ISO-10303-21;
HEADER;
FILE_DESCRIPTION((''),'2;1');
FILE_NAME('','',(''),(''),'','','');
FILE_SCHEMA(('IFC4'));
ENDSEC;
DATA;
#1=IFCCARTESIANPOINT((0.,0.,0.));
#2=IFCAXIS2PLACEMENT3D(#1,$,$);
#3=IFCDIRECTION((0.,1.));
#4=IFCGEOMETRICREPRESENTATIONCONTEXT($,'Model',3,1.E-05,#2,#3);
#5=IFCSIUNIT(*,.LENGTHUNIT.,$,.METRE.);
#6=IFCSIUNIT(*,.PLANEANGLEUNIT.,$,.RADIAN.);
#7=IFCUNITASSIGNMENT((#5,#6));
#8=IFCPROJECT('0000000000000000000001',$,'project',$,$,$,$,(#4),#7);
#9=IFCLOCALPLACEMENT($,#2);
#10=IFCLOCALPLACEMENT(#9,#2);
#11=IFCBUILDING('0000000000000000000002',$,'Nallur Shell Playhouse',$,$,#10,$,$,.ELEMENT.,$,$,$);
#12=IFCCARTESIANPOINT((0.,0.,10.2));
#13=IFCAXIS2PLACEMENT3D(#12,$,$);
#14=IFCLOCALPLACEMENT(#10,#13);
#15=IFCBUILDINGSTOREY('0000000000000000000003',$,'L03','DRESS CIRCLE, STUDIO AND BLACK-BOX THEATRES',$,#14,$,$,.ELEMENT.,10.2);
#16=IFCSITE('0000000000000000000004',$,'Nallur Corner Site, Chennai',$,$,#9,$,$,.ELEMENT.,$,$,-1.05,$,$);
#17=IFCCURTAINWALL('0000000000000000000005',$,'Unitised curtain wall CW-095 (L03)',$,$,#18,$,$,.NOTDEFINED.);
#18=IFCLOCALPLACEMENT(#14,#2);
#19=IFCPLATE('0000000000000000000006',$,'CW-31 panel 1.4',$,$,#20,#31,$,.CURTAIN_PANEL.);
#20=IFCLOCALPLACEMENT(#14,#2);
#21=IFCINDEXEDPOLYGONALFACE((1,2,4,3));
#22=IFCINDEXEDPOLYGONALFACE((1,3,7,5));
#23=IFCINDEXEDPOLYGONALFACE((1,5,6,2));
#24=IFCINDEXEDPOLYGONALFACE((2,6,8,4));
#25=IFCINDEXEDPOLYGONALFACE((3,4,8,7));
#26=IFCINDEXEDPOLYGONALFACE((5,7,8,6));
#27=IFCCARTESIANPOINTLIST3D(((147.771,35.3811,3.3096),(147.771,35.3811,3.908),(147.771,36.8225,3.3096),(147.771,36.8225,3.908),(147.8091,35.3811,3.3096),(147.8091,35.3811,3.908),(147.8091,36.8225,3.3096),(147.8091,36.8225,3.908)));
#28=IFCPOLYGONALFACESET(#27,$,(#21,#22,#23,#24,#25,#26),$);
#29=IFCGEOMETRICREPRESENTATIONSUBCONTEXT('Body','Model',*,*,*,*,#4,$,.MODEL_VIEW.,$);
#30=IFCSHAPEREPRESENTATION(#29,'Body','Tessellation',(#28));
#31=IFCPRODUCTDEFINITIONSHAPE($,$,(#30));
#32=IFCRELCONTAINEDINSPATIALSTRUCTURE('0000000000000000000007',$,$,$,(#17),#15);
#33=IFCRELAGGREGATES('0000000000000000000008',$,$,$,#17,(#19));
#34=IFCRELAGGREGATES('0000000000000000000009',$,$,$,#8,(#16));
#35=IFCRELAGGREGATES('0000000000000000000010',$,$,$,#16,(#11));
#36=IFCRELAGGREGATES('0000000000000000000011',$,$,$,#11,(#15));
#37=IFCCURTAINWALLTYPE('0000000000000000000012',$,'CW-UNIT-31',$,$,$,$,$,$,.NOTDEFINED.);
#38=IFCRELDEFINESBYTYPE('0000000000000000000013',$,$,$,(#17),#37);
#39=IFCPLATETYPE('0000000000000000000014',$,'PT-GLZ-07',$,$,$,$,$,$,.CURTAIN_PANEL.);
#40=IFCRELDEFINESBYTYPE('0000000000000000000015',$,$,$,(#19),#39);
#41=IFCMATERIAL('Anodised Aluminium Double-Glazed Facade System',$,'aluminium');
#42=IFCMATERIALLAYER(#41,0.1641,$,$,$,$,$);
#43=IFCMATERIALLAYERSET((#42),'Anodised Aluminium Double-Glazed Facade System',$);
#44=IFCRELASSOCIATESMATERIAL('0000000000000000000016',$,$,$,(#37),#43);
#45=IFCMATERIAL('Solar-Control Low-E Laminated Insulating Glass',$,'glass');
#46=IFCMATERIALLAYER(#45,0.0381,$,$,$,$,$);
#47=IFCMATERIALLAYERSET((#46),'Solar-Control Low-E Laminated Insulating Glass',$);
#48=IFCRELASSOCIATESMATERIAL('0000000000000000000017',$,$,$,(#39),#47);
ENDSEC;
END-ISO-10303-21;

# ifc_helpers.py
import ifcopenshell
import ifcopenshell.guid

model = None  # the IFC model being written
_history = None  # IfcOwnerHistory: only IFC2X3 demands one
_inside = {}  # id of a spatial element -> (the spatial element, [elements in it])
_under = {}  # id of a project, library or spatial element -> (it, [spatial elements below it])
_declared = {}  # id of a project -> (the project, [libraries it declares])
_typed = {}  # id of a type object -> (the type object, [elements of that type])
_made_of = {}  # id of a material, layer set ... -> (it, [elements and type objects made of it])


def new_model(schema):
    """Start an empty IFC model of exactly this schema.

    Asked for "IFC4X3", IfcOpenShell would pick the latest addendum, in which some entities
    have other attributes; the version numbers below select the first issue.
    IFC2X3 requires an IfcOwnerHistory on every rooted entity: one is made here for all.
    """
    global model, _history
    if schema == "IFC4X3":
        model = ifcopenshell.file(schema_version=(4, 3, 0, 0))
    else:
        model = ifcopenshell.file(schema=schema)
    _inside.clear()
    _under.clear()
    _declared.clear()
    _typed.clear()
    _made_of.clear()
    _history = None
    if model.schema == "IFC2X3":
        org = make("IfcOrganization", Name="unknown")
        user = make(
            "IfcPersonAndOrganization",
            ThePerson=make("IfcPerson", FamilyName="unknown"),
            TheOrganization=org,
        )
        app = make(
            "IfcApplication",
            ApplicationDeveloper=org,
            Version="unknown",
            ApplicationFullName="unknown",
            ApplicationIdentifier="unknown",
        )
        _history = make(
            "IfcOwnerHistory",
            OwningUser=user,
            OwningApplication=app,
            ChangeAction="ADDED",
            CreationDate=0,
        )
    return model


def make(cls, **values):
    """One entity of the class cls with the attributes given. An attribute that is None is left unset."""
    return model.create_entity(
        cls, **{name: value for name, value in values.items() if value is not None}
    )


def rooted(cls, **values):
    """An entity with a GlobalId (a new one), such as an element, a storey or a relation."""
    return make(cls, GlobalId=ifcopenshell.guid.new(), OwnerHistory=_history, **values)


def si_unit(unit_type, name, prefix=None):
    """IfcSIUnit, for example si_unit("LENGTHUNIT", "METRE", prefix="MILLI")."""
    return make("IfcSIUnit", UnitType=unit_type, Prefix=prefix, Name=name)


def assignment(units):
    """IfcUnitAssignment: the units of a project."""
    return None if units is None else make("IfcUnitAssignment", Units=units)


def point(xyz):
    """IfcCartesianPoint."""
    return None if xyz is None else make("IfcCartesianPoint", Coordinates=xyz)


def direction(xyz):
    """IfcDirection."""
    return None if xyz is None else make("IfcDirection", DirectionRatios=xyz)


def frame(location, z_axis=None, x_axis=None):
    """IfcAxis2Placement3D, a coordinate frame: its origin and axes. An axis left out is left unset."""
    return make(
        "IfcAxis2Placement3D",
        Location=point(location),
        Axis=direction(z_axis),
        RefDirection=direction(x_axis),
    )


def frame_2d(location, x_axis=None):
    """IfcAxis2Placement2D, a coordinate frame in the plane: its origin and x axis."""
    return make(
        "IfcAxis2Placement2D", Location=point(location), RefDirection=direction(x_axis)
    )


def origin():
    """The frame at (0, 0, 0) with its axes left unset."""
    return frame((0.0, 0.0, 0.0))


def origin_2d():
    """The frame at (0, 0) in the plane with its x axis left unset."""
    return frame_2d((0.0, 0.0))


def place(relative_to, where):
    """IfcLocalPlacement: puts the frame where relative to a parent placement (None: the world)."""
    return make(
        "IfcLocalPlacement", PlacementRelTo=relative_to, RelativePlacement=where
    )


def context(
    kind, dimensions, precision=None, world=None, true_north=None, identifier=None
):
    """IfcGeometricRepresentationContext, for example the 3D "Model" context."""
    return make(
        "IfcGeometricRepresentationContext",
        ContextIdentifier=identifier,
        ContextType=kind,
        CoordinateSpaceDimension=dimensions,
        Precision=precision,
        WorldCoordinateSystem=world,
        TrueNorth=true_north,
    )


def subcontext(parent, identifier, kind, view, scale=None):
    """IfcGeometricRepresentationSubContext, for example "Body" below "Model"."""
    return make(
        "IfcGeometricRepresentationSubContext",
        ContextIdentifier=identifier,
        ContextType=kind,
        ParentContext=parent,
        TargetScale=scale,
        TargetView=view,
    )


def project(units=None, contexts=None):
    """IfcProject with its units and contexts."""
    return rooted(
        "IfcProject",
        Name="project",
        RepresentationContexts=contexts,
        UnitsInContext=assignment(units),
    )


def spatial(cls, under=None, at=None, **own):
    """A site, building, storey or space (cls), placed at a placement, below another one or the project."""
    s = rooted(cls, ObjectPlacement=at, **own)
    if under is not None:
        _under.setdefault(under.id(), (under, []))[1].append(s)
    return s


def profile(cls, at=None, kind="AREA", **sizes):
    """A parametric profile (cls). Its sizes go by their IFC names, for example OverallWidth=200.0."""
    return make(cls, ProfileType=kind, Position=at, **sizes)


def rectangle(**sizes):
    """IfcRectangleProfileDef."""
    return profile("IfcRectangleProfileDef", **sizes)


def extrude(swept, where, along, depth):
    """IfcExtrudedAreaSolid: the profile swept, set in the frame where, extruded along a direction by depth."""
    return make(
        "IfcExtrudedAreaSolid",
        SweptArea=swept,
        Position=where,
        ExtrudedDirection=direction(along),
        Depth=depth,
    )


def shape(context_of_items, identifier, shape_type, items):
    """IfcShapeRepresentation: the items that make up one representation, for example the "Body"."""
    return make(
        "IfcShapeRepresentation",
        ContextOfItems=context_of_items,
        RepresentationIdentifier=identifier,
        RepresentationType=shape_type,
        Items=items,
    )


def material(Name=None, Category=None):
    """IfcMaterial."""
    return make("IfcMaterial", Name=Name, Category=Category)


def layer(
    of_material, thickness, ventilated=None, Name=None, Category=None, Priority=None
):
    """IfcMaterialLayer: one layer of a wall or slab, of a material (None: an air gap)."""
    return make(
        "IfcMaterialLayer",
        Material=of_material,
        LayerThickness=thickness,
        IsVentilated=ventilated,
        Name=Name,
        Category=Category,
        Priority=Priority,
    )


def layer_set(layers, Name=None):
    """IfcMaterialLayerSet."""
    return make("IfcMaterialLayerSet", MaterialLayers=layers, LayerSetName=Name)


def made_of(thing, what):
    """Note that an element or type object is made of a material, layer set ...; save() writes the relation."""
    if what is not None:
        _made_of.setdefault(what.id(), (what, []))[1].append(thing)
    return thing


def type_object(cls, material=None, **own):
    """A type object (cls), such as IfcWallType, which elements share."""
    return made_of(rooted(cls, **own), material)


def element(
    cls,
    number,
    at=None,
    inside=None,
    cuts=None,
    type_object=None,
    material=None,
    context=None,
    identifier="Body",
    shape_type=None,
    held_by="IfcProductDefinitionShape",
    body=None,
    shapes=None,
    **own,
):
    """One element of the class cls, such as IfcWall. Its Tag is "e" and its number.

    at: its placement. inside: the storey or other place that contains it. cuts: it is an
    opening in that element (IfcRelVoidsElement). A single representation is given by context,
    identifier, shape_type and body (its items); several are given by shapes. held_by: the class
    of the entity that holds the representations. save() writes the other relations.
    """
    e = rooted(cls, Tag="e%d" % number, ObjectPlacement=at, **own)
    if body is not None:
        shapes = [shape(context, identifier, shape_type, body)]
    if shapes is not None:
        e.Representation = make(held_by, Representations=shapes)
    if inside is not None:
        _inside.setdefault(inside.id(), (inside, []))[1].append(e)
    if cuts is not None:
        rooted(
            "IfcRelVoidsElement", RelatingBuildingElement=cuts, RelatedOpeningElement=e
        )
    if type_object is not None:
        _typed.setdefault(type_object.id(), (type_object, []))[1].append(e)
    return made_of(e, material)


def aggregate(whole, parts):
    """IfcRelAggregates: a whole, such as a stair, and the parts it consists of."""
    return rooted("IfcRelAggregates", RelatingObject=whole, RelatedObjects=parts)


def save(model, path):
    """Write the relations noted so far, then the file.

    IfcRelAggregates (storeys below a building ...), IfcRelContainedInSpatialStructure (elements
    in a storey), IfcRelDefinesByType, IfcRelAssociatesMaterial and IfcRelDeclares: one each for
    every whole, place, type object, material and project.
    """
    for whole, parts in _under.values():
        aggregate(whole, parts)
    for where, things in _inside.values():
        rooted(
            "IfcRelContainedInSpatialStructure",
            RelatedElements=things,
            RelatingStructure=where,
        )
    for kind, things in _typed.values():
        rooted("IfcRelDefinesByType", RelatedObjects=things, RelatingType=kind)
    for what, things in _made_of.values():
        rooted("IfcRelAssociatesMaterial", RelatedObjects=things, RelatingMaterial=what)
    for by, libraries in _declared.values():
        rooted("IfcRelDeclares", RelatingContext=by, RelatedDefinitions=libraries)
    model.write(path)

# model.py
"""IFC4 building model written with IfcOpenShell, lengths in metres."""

from ifc_helpers import new_model, si_unit, direction, frame, origin, origin_2d, place, context, subcontext, project, spatial, rectangle, extrude, material, layer, layer_set, type_object, element, aggregate, save


model = new_model("IFC4")

# Units and contexts
model_context = context("Model", 3, precision=1e-05, world=origin(), true_north=direction((0.0, 1.0)))
body_context = subcontext(model_context, "Body", "Model", "MODEL_VIEW")
ifc_project = project(units=[si_unit("LENGTHUNIT", "METRE"), si_unit("PLANEANGLEUNIT", "RADIAN")], contexts=[model_context])

# Site, building, storey
site_placement = place(None, origin())
site = spatial("IfcSite", under=ifc_project, at=site_placement, Name="Nallur Corner Site, Chennai", CompositionType="ELEMENT", RefElevation=-1.05)
building_placement = place(site_placement, origin())
building = spatial("IfcBuilding", under=site, at=building_placement, Name="Nallur Shell Playhouse", CompositionType="ELEMENT")
storey_placement = place(building_placement, frame((0.0, 0.0, 10.2)))
storey = spatial("IfcBuildingStorey", under=building, at=storey_placement, Name="L03", Description="DRESS CIRCLE, STUDIO AND BLACK-BOX THEATRES", CompositionType="ELEMENT", Elevation=10.2)

# Curtain wall
ifc_material_1 = material(Name="Anodised Aluminium Double-Glazed Facade System", Category="aluminium")
ifc_layer_1 = layer(ifc_material_1, 0.1641)
ifc_layer_set_1 = layer_set([ifc_layer_1], Name="Anodised Aluminium Double-Glazed Facade System")
curtain_wall_type_1 = type_object("IfcCurtainWallType", Name="CW-UNIT-31", PredefinedType="NOTDEFINED", material=ifc_layer_set_1)
curtain_wall_1_placement = place(storey_placement, origin())
curtain_wall_1 = element("IfcCurtainWall", 1, at=curtain_wall_1_placement, inside=storey, type_object=curtain_wall_type_1, Name="Unitised curtain wall CW-095 (L03)", PredefinedType="NOTDEFINED")

# Plate
ifc_material_2 = material(Name="Solar-Control Low-E Laminated Insulating Glass", Category="glass")
ifc_layer_2 = layer(ifc_material_2, 0.0381)
ifc_layer_set_2 = layer_set([ifc_layer_2], Name="Solar-Control Low-E Laminated Insulating Glass")
plate_type_1 = type_object("IfcPlateType", Name="PT-GLZ-07", PredefinedType="CURTAIN_PANEL", material=ifc_layer_set_2)
plate_1_placement = place(storey_placement, frame((147.79, 36.1018, 3.3096), z_axis=(0.0, 0.0, 1.0), x_axis=(0.0, 1.0, 0.0)))
plate_1 = element("IfcPlate", 2, at=plate_1_placement, type_object=plate_type_1, Name="CW-31 panel 1.4", PredefinedType="CURTAIN_PANEL", context=body_context, shape_type="SweptSolid", body=[
    extrude(rectangle(XDim=1.4414, YDim=0.0381, at=origin_2d()), origin(), (0.0, 0.0, 1.0), 0.5984),
])
aggregate(curtain_wall_1, [plate_1])

save(model, "model.ifc")
